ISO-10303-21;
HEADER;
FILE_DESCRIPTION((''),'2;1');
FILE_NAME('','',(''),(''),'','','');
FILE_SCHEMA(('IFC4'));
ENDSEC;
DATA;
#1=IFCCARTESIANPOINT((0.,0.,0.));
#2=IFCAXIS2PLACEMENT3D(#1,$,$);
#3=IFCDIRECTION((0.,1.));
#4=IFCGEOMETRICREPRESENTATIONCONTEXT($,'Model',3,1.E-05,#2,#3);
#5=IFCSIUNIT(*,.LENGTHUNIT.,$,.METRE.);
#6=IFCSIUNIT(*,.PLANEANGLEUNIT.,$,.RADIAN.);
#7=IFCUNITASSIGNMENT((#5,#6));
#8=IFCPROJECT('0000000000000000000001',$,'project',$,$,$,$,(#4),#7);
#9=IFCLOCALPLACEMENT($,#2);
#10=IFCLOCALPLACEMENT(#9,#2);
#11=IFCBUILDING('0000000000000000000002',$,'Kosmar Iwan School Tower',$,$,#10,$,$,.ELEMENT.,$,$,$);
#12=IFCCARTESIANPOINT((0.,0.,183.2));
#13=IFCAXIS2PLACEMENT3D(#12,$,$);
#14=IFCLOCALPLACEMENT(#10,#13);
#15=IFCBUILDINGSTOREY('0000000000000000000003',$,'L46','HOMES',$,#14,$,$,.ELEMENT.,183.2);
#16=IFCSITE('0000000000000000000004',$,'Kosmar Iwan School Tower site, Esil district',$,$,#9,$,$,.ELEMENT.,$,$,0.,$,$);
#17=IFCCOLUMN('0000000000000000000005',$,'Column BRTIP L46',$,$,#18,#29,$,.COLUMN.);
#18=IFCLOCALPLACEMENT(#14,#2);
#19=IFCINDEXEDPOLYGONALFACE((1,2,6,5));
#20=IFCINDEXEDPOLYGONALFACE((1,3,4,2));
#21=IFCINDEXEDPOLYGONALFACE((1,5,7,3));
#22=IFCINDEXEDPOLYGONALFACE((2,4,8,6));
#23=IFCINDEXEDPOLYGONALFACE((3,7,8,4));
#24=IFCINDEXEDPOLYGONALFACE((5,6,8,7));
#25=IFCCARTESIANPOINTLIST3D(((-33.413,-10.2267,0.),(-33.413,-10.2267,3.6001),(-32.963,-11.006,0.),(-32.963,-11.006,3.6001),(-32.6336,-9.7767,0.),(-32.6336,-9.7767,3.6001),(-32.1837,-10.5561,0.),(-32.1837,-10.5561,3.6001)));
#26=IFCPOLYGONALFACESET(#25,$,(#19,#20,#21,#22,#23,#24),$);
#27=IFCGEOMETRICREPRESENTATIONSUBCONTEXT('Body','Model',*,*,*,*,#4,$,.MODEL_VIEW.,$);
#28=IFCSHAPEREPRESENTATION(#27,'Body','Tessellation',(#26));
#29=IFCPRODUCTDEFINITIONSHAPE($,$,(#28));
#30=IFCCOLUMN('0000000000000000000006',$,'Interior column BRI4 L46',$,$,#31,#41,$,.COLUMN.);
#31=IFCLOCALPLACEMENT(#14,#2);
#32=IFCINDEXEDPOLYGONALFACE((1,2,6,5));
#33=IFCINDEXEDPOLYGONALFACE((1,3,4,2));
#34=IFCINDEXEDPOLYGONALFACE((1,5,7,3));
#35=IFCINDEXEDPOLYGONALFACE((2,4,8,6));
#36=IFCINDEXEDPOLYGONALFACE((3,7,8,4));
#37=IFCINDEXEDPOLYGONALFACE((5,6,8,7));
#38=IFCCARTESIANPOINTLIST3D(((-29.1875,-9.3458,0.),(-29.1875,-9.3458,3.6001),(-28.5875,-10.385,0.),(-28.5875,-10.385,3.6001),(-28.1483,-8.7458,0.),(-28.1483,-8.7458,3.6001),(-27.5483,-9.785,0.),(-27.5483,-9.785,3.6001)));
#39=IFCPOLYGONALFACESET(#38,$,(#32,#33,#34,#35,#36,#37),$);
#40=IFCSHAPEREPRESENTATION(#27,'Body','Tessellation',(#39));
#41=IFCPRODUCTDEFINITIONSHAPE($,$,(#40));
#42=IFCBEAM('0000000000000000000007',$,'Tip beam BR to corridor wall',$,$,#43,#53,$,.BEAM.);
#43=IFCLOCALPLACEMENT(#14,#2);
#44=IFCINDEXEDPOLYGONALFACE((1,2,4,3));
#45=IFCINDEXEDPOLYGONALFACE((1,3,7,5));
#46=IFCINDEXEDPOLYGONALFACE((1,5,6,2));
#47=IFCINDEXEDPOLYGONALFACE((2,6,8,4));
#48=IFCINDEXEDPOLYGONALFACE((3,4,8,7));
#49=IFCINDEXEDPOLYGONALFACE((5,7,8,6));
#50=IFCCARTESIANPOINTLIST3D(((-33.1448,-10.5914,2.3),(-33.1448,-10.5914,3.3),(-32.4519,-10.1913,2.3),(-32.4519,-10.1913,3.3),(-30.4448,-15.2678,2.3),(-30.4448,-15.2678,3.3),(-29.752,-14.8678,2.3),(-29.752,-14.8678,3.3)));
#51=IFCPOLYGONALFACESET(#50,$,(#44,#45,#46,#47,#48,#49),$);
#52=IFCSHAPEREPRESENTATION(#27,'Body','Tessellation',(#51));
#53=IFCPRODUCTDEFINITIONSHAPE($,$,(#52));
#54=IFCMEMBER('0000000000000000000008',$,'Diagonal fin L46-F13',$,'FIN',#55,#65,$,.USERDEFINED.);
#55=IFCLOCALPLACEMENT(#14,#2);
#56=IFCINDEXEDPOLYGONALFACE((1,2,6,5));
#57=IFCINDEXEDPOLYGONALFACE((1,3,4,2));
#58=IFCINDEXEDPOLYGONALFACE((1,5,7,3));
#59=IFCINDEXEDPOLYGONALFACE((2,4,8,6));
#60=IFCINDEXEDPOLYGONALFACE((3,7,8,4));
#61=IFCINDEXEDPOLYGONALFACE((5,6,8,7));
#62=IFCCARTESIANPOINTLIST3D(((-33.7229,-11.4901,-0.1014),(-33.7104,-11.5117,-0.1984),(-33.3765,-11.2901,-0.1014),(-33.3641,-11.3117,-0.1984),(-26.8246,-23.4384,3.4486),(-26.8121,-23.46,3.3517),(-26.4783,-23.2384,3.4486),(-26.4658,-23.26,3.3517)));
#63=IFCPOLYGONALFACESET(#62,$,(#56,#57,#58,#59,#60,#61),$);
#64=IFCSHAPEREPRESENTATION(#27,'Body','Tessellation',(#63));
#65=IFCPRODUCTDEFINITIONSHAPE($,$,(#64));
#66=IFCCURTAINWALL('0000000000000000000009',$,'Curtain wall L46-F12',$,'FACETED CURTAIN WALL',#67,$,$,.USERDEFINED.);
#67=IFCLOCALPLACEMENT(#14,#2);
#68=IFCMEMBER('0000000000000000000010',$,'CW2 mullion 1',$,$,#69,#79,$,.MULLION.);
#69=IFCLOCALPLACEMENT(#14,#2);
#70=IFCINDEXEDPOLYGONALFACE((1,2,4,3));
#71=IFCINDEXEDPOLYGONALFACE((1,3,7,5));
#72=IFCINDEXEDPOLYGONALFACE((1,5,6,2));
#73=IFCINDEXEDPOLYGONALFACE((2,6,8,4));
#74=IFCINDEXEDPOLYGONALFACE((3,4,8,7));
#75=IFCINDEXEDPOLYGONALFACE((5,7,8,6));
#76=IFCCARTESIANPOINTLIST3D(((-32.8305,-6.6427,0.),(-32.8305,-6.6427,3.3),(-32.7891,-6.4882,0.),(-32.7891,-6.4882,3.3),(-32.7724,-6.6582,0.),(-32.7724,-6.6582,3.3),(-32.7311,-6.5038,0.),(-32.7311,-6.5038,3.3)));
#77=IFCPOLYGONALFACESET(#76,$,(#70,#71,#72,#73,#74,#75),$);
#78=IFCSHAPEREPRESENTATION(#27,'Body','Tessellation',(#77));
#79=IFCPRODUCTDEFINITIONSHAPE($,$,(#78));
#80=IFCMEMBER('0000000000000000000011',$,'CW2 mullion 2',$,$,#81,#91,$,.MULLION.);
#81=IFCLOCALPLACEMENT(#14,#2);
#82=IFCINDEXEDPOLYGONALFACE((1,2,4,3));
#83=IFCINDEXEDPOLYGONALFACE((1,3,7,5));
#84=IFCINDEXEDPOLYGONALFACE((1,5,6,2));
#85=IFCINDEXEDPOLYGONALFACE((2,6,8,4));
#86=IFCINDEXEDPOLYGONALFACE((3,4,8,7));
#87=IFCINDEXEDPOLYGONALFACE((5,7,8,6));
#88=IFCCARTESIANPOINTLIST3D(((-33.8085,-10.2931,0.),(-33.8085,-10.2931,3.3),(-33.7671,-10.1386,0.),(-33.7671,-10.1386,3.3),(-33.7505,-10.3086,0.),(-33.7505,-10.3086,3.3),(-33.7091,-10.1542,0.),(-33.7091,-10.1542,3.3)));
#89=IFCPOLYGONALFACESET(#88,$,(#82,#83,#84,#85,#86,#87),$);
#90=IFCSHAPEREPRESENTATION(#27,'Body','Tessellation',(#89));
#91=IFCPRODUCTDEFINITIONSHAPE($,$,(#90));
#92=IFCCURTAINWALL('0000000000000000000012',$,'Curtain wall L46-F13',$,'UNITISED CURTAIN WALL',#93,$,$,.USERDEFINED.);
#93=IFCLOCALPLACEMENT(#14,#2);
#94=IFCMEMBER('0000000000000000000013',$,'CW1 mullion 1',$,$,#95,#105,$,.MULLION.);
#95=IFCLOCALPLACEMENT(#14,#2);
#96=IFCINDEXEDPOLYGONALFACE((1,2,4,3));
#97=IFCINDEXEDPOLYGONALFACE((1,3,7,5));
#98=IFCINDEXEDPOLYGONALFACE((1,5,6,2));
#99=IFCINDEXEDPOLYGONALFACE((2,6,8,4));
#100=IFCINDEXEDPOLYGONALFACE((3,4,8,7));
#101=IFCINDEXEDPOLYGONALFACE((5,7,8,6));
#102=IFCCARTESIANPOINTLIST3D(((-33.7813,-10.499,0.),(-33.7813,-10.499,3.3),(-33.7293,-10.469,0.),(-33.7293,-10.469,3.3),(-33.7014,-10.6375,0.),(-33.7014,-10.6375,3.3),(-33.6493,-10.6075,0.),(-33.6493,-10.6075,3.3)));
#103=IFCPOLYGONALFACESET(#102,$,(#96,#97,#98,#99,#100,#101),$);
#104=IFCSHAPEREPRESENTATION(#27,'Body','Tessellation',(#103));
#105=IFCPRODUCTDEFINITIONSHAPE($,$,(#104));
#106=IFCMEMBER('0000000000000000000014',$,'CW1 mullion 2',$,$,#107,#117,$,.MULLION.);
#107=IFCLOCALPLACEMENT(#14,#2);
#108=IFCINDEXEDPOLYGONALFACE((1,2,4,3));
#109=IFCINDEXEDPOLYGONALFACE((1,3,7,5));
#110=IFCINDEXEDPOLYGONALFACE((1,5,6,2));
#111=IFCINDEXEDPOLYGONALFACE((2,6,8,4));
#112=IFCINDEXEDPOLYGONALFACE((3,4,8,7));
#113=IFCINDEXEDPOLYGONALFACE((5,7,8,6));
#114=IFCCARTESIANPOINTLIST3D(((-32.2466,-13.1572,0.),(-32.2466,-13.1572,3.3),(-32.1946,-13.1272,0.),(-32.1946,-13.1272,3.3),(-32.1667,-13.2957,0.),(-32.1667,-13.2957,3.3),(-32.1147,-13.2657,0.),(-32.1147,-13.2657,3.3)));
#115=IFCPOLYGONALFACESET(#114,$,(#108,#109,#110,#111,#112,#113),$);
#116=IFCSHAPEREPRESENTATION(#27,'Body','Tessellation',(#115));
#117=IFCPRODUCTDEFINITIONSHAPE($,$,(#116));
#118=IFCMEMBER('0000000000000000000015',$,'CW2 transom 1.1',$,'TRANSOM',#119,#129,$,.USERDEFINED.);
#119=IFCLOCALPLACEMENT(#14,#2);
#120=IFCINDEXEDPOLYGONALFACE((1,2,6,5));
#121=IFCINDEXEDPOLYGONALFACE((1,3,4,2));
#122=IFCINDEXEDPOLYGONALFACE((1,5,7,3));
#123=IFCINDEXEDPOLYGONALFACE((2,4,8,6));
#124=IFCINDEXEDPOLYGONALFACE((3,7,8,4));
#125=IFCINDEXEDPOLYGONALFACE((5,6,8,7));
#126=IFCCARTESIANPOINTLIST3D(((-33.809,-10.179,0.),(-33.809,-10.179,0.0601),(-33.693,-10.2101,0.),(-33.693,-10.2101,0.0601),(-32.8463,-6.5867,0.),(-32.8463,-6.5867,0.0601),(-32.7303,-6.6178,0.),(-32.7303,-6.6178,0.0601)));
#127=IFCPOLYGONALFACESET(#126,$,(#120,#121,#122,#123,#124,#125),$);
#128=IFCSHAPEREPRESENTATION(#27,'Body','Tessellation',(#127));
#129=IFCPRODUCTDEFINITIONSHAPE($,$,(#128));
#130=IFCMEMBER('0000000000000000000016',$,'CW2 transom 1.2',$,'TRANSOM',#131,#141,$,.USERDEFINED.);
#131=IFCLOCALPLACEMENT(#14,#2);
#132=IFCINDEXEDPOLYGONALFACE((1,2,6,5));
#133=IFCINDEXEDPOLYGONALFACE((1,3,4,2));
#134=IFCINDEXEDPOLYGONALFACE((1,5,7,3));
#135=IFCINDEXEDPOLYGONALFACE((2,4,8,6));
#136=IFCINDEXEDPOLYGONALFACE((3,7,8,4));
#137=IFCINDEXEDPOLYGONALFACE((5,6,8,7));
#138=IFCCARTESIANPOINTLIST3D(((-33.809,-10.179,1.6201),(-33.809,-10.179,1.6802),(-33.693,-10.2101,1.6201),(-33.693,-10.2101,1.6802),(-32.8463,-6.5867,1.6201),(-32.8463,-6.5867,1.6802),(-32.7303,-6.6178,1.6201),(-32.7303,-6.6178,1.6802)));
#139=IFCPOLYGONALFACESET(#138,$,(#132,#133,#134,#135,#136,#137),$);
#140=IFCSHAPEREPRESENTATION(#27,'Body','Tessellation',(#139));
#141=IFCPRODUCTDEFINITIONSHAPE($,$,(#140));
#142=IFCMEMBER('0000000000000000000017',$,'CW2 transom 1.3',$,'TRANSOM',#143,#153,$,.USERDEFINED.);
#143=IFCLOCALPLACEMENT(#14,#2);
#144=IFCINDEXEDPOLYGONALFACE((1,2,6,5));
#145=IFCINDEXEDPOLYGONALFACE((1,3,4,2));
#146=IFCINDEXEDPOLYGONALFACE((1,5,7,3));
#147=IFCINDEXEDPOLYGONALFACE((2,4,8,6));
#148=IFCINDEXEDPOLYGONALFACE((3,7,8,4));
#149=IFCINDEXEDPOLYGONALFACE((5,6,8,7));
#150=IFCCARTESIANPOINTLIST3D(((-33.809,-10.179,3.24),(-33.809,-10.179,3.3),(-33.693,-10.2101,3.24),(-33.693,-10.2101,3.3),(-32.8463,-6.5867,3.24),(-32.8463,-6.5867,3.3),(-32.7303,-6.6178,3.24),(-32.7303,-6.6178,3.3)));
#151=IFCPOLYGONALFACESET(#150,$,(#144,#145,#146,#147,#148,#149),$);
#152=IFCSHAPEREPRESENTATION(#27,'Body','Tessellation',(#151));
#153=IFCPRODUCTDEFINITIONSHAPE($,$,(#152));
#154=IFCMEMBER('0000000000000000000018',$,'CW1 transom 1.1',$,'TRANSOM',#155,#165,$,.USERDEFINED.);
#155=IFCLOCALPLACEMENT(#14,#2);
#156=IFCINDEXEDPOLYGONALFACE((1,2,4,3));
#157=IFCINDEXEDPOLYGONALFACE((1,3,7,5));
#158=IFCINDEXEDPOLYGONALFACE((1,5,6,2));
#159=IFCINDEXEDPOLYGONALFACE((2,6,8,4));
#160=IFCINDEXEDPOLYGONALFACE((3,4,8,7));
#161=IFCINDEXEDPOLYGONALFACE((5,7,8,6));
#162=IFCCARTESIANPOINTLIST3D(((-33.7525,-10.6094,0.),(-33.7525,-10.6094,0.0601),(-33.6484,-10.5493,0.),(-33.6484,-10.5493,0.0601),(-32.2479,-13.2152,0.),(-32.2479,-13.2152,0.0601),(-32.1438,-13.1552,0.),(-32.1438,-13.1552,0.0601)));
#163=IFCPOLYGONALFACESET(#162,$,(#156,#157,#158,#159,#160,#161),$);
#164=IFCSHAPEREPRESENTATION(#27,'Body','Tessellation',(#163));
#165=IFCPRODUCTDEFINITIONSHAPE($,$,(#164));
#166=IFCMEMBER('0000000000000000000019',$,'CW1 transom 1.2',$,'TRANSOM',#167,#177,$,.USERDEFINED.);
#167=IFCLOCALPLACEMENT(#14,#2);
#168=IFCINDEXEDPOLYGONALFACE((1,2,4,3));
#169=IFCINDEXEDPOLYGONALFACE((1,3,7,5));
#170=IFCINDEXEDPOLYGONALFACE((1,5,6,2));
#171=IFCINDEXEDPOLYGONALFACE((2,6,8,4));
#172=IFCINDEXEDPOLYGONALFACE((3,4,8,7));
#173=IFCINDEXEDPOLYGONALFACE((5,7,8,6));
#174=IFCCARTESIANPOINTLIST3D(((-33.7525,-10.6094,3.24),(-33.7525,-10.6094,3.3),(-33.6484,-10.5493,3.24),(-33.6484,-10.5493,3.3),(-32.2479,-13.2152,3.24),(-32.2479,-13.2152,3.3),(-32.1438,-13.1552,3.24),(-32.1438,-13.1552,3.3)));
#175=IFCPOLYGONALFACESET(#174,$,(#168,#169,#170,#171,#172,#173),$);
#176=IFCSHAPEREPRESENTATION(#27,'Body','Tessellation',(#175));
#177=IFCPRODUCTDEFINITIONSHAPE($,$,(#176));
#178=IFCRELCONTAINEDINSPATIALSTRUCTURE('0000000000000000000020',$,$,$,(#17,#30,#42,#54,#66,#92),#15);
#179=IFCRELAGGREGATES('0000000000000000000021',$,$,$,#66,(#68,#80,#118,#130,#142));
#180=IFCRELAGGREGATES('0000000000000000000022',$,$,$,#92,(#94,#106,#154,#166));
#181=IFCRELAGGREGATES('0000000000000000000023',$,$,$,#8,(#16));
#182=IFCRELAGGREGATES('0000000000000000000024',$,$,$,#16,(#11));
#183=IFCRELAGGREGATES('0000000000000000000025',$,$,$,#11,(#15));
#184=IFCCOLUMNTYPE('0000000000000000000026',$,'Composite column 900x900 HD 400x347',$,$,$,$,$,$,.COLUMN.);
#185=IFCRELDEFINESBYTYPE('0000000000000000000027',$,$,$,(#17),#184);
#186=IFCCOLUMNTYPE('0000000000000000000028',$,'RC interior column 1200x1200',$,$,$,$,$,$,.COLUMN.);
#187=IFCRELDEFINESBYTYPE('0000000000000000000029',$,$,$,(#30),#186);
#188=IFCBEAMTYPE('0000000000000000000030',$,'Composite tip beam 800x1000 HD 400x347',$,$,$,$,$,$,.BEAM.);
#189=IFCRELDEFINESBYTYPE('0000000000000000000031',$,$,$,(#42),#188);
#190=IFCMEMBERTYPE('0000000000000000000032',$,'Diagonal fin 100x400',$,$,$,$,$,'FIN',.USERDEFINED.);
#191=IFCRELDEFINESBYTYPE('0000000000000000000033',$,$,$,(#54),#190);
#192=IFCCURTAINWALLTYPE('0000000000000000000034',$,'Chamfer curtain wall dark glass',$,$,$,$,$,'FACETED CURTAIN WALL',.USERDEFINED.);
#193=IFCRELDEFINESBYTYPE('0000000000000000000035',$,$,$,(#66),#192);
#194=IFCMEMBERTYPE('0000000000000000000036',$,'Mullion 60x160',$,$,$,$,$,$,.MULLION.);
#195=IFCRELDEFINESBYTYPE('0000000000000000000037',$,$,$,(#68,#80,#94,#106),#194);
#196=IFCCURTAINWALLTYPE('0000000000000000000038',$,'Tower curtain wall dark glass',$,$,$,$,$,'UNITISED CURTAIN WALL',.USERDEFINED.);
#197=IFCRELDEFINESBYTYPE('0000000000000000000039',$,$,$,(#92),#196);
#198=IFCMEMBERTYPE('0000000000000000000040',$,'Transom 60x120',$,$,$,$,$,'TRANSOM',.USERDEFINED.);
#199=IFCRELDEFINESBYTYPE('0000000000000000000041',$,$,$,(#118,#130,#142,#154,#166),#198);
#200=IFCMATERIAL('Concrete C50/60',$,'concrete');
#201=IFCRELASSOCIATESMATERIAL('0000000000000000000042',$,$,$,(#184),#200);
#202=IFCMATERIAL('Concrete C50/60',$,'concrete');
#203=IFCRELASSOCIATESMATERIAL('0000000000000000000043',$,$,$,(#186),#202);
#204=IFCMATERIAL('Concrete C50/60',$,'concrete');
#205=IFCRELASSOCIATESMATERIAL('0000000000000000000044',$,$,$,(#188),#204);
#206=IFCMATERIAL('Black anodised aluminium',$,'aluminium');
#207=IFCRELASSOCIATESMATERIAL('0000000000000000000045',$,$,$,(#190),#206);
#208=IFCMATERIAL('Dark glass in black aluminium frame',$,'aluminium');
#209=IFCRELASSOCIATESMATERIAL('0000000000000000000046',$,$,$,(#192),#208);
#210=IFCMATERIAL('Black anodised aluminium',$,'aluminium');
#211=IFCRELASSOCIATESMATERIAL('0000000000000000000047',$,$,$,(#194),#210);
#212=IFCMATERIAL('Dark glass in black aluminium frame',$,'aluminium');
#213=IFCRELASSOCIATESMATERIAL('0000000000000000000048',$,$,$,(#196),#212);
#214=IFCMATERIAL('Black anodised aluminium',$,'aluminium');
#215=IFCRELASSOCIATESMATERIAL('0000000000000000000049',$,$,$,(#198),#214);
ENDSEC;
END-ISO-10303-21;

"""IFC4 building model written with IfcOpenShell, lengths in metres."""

from ifc_helpers import new_model, si_unit, direction, frame, origin, origin_2d, place, context, subcontext, project, spatial, rectangle, extrude, material, material_profile, profile_set, type_object, element, aggregate, save


model = new_model("IFC4")

# Units and contexts
model_context = context("Model", 3, precision=1e-05, world=origin(), true_north=direction((0.0, 1.0)))
body_context = subcontext(model_context, "Body", "Model", "MODEL_VIEW")
ifc_project = project(units=[si_unit("LENGTHUNIT", "METRE"), si_unit("PLANEANGLEUNIT", "RADIAN")], contexts=[model_context])

# Site, building, storey
site_placement = place(None, origin())
site = spatial("IfcSite", under=ifc_project, at=site_placement, Name="Kosmar Iwan School Tower site, Esil district", CompositionType="ELEMENT", RefElevation=0.0)
building_placement = place(site_placement, origin())
building = spatial("IfcBuilding", under=site, at=building_placement, Name="Kosmar Iwan School Tower", CompositionType="ELEMENT")
storey_placement = place(building_placement, frame((0.0, 0.0, 183.2)))
storey = spatial("IfcBuildingStorey", under=building, at=storey_placement, Name="L46", Description="HOMES", CompositionType="ELEMENT", Elevation=183.2)

# Columns
ifc_material_1 = material(Name="Concrete C50/60", Category="concrete")
ifc_material_profile_1 = material_profile(ifc_material_1, rectangle(XDim=0.8999, YDim=0.8999, at=origin_2d()), Name="RC 900x900 + HD 400x347")
ifc_profile_set_1 = profile_set([ifc_material_profile_1], Name="Concrete C50/60")
column_type_1 = type_object("IfcColumnType", Name="Composite column 900x900 HD 400x347", PredefinedType="COLUMN", material=ifc_profile_set_1)
column_1_placement = place(storey_placement, frame((-32.7983, -10.3914, 0.0), z_axis=(0.0, 0.0, 1.0), x_axis=(-0.866025, -0.5, 0.0)))
element("IfcColumn", 1, at=column_1_placement, inside=storey, type_object=column_type_1, Name="Column BRTIP L46", PredefinedType="COLUMN", context=body_context, shape_type="SweptSolid", body=[
    extrude(rectangle(XDim=0.8999, YDim=0.8999, at=origin_2d()), origin(), (0.0, 0.0, 1.0), 3.6001),
])
ifc_material_2 = material(Name="Concrete C50/60", Category="concrete")
ifc_material_profile_2 = material_profile(ifc_material_2, rectangle(XDim=1.2, YDim=1.2, at=origin_2d()), Name="RC 1200x1200")
ifc_profile_set_2 = profile_set([ifc_material_profile_2], Name="Concrete C50/60")
column_type_2 = type_object("IfcColumnType", Name="RC interior column 1200x1200", PredefinedType="COLUMN", material=ifc_profile_set_2)
column_2_placement = place(storey_placement, frame((-28.3679, -9.5654, 0.0), z_axis=(0.0, 0.0, 1.0), x_axis=(-0.866025, -0.5, 0.0)))
element("IfcColumn", 2, at=column_2_placement, inside=storey, type_object=column_type_2, Name="Interior column BRI4 L46", PredefinedType="COLUMN", context=body_context, shape_type="SweptSolid", body=[
    extrude(rectangle(XDim=1.2, YDim=1.2, at=origin_2d()), origin(), (0.0, 0.0, 1.0), 3.6001),
])

# Beam
ifc_material_3 = material(Name="Concrete C50/60", Category="concrete")
ifc_material_profile_3 = material_profile(ifc_material_3, rectangle(XDim=0.8, YDim=1.0, at=origin_2d()), Name="RC 800x1000 + HD 400x347")
ifc_profile_set_3 = profile_set([ifc_material_profile_3], Name="Concrete C50/60")
beam_type = type_object("IfcBeamType", Name="Composite tip beam 800x1000 HD 400x347", PredefinedType="BEAM", material=ifc_profile_set_3)
beam_placement = place(storey_placement, frame((-32.7983, -10.3914, 2.8), z_axis=(0.499995, -0.866028, 0.0), x_axis=(0.866028, 0.499995, 0.0)))
element("IfcBeam", 3, at=beam_placement, inside=storey, type_object=beam_type, Name="Tip beam BR to corridor wall", PredefinedType="BEAM", context=body_context, shape_type="SweptSolid", body=[
    extrude(rectangle(XDim=0.8, YDim=1.0, at=origin_2d()), origin(), (0.0, 0.0, 1.0), 5.3999),
])

# Member
ifc_material_4 = material(Name="Black anodised aluminium", Category="aluminium")
ifc_material_profile_4 = material_profile(ifc_material_4, rectangle(XDim=0.1001, YDim=0.3999, at=origin_2d()), Name="FIN 100x400")
ifc_profile_set_4 = profile_set([ifc_material_profile_4], Name="Black anodised aluminium")
member_type_1 = type_object("IfcMemberType", Name="Diagonal fin 100x400", ElementType="FIN", PredefinedType="USERDEFINED", material=ifc_profile_set_4)
member_1_placement = place(storey_placement, frame((-33.5435, -11.4009, -0.1499), z_axis=(0.48422, -0.838709, 0.249196), x_axis=(-0.124596, 0.215811, 0.968453)))
element("IfcMember", 4, at=member_1_placement, inside=storey, type_object=member_type_1, Name="Diagonal fin L46-F13", ObjectType="FIN", PredefinedType="USERDEFINED", context=body_context, shape_type="SweptSolid", body=[
    extrude(rectangle(XDim=0.1001, YDim=0.3999, at=origin_2d()), origin(), (0.0, 0.0, 1.0), 14.2461),
])

# Curtain walls, members
ifc_material_5 = material(Name="Dark glass in black aluminium frame", Category="aluminium")
curtain_wall_type_1 = type_object("IfcCurtainWallType", Name="Chamfer curtain wall dark glass", ElementType="FACETED CURTAIN WALL", PredefinedType="USERDEFINED", material=ifc_material_5)
curtain_wall_1_placement = place(storey_placement, origin())
curtain_wall_1 = element("IfcCurtainWall", 5, at=curtain_wall_1_placement, inside=storey, type_object=curtain_wall_type_1, Name="Curtain wall L46-F12", ObjectType="FACETED CURTAIN WALL", PredefinedType="USERDEFINED")
ifc_material_6 = material(Name="Black anodised aluminium", Category="aluminium")
ifc_material_profile_5 = material_profile(ifc_material_6, rectangle(XDim=0.0601, YDim=0.1599, at=origin_2d()), Name="MULLION 60x160")
ifc_profile_set_5 = profile_set([ifc_material_profile_5], Name="Black anodised aluminium")
member_type_2 = type_object("IfcMemberType", Name="Mullion 60x160", PredefinedType="MULLION", material=ifc_profile_set_5)
member_2_placement = place(storey_placement, frame((-32.7808, -6.5732, 0.0), z_axis=(0.0, 0.0, 1.0), x_axis=(0.965926, -0.258819, 0.0)))
member_2 = element("IfcMember", 6, at=member_2_placement, type_object=member_type_2, Name="CW2 mullion 1", PredefinedType="MULLION", context=body_context, shape_type="SweptSolid", body=[
    extrude(rectangle(XDim=0.0601, YDim=0.1599, at=origin_2d()), origin(), (0.0, 0.0, 1.0), 3.3),
])
member_3_placement = place(storey_placement, frame((-33.7588, -10.2236, 0.0), z_axis=(0.0, 0.0, 1.0), x_axis=(0.965926, -0.258819, 0.0)))
member_3 = element("IfcMember", 7, at=member_3_placement, type_object=member_type_2, Name="CW2 mullion 2", PredefinedType="MULLION", context=body_context, shape_type="SweptSolid", body=[
    extrude(rectangle(XDim=0.0601, YDim=0.1599, at=origin_2d()), origin(), (0.0, 0.0, 1.0), 3.3),
])
ifc_material_7 = material(Name="Dark glass in black aluminium frame", Category="aluminium")
curtain_wall_type_2 = type_object("IfcCurtainWallType", Name="Tower curtain wall dark glass", ElementType="UNITISED CURTAIN WALL", PredefinedType="USERDEFINED", material=ifc_material_7)
curtain_wall_2_placement = place(storey_placement, origin())
curtain_wall_2 = element("IfcCurtainWall", 8, at=curtain_wall_2_placement, inside=storey, type_object=curtain_wall_type_2, Name="Curtain wall L46-F13", ObjectType="UNITISED CURTAIN WALL", PredefinedType="USERDEFINED")
member_4_placement = place(storey_placement, frame((-33.7153, -10.5532, 0.0), z_axis=(0.0, 0.0, 1.0), x_axis=(0.866025, 0.5, 0.0)))
member_4 = element("IfcMember", 9, at=member_4_placement, type_object=member_type_2, Name="CW1 mullion 1", PredefinedType="MULLION", context=body_context, shape_type="SweptSolid", body=[
    extrude(rectangle(XDim=0.0601, YDim=0.1599, at=origin_2d()), origin(), (0.0, 0.0, 1.0), 3.3),
])
member_5_placement = place(storey_placement, frame((-32.1807, -13.2114, 0.0), z_axis=(0.0, 0.0, 1.0), x_axis=(0.866025, 0.5, 0.0)))
member_5 = element("IfcMember", 10, at=member_5_placement, type_object=member_type_2, Name="CW1 mullion 2", PredefinedType="MULLION", context=body_context, shape_type="SweptSolid", body=[
    extrude(rectangle(XDim=0.0601, YDim=0.1599, at=origin_2d()), origin(), (0.0, 0.0, 1.0), 3.3),
])

# Members
ifc_material_8 = material(Name="Black anodised aluminium", Category="aluminium")
ifc_material_profile_6 = material_profile(ifc_material_8, rectangle(XDim=0.1201, YDim=0.0601, at=origin_2d()), Name="TRANSOM 60x120")
ifc_profile_set_6 = profile_set([ifc_material_profile_6], Name="Black anodised aluminium")
member_type_3 = type_object("IfcMemberType", Name="Transom 60x120", ElementType="TRANSOM", PredefinedType="USERDEFINED", material=ifc_profile_set_6)
member_6_placement = place(storey_placement, frame((-32.7883, -6.6023, 0.03), z_axis=(-0.258843, -0.965919, 0.0), x_axis=(0.965919, -0.258843, 0.0)))
member_6 = element("IfcMember", 11, at=member_6_placement, type_object=member_type_3, Name="CW2 transom 1.1", ObjectType="TRANSOM", PredefinedType="USERDEFINED", context=body_context, shape_type="SweptSolid", body=[
    extrude(rectangle(XDim=0.1201, YDim=0.0601, at=origin_2d()), origin(), (0.0, 0.0, 1.0), 3.719),
])
member_7_placement = place(storey_placement, frame((-32.7883, -6.6023, 1.6501), z_axis=(-0.258843, -0.965919, 0.0), x_axis=(0.965919, -0.258843, 0.0)))
member_7 = element("IfcMember", 12, at=member_7_placement, type_object=member_type_3, Name="CW2 transom 1.2", ObjectType="TRANSOM", PredefinedType="USERDEFINED", context=body_context, shape_type="SweptSolid", body=[
    extrude(rectangle(XDim=0.1201, YDim=0.0601, at=origin_2d()), origin(), (0.0, 0.0, 1.0), 3.719),
])
member_8_placement = place(storey_placement, frame((-32.7883, -6.6023, 3.27), z_axis=(-0.258843, -0.965919, 0.0), x_axis=(0.965919, -0.258843, 0.0)))
member_8 = element("IfcMember", 13, at=member_8_placement, type_object=member_type_3, Name="CW2 transom 1.3", ObjectType="TRANSOM", PredefinedType="USERDEFINED", context=body_context, shape_type="SweptSolid", body=[
    extrude(rectangle(XDim=0.1201, YDim=0.0601, at=origin_2d()), origin(), (0.0, 0.0, 1.0), 3.719),
])
member_9_placement = place(storey_placement, frame((-33.7004, -10.5793, 0.03), z_axis=(0.500022, -0.866013, 0.0), x_axis=(0.866013, 0.500022, 0.0)))
member_9 = element("IfcMember", 14, at=member_9_placement, type_object=member_type_3, Name="CW1 transom 1.1", ObjectType="TRANSOM", PredefinedType="USERDEFINED", context=body_context, shape_type="SweptSolid", body=[
    extrude(rectangle(XDim=0.1201, YDim=0.0601, at=origin_2d()), origin(), (0.0, 0.0, 1.0), 3.009),
])
member_10_placement = place(storey_placement, frame((-33.7004, -10.5793, 3.27), z_axis=(0.500022, -0.866013, 0.0), x_axis=(0.866013, 0.500022, 0.0)))
member_10 = element("IfcMember", 15, at=member_10_placement, type_object=member_type_3, Name="CW1 transom 1.2", ObjectType="TRANSOM", PredefinedType="USERDEFINED", context=body_context, shape_type="SweptSolid", body=[
    extrude(rectangle(XDim=0.1201, YDim=0.0601, at=origin_2d()), origin(), (0.0, 0.0, 1.0), 3.009),
])

aggregate(curtain_wall_1, [member_2, member_3, member_6, member_7, member_8])
aggregate(curtain_wall_2, [member_4, member_5, member_9, member_10])

save(model, "model.ifc")
